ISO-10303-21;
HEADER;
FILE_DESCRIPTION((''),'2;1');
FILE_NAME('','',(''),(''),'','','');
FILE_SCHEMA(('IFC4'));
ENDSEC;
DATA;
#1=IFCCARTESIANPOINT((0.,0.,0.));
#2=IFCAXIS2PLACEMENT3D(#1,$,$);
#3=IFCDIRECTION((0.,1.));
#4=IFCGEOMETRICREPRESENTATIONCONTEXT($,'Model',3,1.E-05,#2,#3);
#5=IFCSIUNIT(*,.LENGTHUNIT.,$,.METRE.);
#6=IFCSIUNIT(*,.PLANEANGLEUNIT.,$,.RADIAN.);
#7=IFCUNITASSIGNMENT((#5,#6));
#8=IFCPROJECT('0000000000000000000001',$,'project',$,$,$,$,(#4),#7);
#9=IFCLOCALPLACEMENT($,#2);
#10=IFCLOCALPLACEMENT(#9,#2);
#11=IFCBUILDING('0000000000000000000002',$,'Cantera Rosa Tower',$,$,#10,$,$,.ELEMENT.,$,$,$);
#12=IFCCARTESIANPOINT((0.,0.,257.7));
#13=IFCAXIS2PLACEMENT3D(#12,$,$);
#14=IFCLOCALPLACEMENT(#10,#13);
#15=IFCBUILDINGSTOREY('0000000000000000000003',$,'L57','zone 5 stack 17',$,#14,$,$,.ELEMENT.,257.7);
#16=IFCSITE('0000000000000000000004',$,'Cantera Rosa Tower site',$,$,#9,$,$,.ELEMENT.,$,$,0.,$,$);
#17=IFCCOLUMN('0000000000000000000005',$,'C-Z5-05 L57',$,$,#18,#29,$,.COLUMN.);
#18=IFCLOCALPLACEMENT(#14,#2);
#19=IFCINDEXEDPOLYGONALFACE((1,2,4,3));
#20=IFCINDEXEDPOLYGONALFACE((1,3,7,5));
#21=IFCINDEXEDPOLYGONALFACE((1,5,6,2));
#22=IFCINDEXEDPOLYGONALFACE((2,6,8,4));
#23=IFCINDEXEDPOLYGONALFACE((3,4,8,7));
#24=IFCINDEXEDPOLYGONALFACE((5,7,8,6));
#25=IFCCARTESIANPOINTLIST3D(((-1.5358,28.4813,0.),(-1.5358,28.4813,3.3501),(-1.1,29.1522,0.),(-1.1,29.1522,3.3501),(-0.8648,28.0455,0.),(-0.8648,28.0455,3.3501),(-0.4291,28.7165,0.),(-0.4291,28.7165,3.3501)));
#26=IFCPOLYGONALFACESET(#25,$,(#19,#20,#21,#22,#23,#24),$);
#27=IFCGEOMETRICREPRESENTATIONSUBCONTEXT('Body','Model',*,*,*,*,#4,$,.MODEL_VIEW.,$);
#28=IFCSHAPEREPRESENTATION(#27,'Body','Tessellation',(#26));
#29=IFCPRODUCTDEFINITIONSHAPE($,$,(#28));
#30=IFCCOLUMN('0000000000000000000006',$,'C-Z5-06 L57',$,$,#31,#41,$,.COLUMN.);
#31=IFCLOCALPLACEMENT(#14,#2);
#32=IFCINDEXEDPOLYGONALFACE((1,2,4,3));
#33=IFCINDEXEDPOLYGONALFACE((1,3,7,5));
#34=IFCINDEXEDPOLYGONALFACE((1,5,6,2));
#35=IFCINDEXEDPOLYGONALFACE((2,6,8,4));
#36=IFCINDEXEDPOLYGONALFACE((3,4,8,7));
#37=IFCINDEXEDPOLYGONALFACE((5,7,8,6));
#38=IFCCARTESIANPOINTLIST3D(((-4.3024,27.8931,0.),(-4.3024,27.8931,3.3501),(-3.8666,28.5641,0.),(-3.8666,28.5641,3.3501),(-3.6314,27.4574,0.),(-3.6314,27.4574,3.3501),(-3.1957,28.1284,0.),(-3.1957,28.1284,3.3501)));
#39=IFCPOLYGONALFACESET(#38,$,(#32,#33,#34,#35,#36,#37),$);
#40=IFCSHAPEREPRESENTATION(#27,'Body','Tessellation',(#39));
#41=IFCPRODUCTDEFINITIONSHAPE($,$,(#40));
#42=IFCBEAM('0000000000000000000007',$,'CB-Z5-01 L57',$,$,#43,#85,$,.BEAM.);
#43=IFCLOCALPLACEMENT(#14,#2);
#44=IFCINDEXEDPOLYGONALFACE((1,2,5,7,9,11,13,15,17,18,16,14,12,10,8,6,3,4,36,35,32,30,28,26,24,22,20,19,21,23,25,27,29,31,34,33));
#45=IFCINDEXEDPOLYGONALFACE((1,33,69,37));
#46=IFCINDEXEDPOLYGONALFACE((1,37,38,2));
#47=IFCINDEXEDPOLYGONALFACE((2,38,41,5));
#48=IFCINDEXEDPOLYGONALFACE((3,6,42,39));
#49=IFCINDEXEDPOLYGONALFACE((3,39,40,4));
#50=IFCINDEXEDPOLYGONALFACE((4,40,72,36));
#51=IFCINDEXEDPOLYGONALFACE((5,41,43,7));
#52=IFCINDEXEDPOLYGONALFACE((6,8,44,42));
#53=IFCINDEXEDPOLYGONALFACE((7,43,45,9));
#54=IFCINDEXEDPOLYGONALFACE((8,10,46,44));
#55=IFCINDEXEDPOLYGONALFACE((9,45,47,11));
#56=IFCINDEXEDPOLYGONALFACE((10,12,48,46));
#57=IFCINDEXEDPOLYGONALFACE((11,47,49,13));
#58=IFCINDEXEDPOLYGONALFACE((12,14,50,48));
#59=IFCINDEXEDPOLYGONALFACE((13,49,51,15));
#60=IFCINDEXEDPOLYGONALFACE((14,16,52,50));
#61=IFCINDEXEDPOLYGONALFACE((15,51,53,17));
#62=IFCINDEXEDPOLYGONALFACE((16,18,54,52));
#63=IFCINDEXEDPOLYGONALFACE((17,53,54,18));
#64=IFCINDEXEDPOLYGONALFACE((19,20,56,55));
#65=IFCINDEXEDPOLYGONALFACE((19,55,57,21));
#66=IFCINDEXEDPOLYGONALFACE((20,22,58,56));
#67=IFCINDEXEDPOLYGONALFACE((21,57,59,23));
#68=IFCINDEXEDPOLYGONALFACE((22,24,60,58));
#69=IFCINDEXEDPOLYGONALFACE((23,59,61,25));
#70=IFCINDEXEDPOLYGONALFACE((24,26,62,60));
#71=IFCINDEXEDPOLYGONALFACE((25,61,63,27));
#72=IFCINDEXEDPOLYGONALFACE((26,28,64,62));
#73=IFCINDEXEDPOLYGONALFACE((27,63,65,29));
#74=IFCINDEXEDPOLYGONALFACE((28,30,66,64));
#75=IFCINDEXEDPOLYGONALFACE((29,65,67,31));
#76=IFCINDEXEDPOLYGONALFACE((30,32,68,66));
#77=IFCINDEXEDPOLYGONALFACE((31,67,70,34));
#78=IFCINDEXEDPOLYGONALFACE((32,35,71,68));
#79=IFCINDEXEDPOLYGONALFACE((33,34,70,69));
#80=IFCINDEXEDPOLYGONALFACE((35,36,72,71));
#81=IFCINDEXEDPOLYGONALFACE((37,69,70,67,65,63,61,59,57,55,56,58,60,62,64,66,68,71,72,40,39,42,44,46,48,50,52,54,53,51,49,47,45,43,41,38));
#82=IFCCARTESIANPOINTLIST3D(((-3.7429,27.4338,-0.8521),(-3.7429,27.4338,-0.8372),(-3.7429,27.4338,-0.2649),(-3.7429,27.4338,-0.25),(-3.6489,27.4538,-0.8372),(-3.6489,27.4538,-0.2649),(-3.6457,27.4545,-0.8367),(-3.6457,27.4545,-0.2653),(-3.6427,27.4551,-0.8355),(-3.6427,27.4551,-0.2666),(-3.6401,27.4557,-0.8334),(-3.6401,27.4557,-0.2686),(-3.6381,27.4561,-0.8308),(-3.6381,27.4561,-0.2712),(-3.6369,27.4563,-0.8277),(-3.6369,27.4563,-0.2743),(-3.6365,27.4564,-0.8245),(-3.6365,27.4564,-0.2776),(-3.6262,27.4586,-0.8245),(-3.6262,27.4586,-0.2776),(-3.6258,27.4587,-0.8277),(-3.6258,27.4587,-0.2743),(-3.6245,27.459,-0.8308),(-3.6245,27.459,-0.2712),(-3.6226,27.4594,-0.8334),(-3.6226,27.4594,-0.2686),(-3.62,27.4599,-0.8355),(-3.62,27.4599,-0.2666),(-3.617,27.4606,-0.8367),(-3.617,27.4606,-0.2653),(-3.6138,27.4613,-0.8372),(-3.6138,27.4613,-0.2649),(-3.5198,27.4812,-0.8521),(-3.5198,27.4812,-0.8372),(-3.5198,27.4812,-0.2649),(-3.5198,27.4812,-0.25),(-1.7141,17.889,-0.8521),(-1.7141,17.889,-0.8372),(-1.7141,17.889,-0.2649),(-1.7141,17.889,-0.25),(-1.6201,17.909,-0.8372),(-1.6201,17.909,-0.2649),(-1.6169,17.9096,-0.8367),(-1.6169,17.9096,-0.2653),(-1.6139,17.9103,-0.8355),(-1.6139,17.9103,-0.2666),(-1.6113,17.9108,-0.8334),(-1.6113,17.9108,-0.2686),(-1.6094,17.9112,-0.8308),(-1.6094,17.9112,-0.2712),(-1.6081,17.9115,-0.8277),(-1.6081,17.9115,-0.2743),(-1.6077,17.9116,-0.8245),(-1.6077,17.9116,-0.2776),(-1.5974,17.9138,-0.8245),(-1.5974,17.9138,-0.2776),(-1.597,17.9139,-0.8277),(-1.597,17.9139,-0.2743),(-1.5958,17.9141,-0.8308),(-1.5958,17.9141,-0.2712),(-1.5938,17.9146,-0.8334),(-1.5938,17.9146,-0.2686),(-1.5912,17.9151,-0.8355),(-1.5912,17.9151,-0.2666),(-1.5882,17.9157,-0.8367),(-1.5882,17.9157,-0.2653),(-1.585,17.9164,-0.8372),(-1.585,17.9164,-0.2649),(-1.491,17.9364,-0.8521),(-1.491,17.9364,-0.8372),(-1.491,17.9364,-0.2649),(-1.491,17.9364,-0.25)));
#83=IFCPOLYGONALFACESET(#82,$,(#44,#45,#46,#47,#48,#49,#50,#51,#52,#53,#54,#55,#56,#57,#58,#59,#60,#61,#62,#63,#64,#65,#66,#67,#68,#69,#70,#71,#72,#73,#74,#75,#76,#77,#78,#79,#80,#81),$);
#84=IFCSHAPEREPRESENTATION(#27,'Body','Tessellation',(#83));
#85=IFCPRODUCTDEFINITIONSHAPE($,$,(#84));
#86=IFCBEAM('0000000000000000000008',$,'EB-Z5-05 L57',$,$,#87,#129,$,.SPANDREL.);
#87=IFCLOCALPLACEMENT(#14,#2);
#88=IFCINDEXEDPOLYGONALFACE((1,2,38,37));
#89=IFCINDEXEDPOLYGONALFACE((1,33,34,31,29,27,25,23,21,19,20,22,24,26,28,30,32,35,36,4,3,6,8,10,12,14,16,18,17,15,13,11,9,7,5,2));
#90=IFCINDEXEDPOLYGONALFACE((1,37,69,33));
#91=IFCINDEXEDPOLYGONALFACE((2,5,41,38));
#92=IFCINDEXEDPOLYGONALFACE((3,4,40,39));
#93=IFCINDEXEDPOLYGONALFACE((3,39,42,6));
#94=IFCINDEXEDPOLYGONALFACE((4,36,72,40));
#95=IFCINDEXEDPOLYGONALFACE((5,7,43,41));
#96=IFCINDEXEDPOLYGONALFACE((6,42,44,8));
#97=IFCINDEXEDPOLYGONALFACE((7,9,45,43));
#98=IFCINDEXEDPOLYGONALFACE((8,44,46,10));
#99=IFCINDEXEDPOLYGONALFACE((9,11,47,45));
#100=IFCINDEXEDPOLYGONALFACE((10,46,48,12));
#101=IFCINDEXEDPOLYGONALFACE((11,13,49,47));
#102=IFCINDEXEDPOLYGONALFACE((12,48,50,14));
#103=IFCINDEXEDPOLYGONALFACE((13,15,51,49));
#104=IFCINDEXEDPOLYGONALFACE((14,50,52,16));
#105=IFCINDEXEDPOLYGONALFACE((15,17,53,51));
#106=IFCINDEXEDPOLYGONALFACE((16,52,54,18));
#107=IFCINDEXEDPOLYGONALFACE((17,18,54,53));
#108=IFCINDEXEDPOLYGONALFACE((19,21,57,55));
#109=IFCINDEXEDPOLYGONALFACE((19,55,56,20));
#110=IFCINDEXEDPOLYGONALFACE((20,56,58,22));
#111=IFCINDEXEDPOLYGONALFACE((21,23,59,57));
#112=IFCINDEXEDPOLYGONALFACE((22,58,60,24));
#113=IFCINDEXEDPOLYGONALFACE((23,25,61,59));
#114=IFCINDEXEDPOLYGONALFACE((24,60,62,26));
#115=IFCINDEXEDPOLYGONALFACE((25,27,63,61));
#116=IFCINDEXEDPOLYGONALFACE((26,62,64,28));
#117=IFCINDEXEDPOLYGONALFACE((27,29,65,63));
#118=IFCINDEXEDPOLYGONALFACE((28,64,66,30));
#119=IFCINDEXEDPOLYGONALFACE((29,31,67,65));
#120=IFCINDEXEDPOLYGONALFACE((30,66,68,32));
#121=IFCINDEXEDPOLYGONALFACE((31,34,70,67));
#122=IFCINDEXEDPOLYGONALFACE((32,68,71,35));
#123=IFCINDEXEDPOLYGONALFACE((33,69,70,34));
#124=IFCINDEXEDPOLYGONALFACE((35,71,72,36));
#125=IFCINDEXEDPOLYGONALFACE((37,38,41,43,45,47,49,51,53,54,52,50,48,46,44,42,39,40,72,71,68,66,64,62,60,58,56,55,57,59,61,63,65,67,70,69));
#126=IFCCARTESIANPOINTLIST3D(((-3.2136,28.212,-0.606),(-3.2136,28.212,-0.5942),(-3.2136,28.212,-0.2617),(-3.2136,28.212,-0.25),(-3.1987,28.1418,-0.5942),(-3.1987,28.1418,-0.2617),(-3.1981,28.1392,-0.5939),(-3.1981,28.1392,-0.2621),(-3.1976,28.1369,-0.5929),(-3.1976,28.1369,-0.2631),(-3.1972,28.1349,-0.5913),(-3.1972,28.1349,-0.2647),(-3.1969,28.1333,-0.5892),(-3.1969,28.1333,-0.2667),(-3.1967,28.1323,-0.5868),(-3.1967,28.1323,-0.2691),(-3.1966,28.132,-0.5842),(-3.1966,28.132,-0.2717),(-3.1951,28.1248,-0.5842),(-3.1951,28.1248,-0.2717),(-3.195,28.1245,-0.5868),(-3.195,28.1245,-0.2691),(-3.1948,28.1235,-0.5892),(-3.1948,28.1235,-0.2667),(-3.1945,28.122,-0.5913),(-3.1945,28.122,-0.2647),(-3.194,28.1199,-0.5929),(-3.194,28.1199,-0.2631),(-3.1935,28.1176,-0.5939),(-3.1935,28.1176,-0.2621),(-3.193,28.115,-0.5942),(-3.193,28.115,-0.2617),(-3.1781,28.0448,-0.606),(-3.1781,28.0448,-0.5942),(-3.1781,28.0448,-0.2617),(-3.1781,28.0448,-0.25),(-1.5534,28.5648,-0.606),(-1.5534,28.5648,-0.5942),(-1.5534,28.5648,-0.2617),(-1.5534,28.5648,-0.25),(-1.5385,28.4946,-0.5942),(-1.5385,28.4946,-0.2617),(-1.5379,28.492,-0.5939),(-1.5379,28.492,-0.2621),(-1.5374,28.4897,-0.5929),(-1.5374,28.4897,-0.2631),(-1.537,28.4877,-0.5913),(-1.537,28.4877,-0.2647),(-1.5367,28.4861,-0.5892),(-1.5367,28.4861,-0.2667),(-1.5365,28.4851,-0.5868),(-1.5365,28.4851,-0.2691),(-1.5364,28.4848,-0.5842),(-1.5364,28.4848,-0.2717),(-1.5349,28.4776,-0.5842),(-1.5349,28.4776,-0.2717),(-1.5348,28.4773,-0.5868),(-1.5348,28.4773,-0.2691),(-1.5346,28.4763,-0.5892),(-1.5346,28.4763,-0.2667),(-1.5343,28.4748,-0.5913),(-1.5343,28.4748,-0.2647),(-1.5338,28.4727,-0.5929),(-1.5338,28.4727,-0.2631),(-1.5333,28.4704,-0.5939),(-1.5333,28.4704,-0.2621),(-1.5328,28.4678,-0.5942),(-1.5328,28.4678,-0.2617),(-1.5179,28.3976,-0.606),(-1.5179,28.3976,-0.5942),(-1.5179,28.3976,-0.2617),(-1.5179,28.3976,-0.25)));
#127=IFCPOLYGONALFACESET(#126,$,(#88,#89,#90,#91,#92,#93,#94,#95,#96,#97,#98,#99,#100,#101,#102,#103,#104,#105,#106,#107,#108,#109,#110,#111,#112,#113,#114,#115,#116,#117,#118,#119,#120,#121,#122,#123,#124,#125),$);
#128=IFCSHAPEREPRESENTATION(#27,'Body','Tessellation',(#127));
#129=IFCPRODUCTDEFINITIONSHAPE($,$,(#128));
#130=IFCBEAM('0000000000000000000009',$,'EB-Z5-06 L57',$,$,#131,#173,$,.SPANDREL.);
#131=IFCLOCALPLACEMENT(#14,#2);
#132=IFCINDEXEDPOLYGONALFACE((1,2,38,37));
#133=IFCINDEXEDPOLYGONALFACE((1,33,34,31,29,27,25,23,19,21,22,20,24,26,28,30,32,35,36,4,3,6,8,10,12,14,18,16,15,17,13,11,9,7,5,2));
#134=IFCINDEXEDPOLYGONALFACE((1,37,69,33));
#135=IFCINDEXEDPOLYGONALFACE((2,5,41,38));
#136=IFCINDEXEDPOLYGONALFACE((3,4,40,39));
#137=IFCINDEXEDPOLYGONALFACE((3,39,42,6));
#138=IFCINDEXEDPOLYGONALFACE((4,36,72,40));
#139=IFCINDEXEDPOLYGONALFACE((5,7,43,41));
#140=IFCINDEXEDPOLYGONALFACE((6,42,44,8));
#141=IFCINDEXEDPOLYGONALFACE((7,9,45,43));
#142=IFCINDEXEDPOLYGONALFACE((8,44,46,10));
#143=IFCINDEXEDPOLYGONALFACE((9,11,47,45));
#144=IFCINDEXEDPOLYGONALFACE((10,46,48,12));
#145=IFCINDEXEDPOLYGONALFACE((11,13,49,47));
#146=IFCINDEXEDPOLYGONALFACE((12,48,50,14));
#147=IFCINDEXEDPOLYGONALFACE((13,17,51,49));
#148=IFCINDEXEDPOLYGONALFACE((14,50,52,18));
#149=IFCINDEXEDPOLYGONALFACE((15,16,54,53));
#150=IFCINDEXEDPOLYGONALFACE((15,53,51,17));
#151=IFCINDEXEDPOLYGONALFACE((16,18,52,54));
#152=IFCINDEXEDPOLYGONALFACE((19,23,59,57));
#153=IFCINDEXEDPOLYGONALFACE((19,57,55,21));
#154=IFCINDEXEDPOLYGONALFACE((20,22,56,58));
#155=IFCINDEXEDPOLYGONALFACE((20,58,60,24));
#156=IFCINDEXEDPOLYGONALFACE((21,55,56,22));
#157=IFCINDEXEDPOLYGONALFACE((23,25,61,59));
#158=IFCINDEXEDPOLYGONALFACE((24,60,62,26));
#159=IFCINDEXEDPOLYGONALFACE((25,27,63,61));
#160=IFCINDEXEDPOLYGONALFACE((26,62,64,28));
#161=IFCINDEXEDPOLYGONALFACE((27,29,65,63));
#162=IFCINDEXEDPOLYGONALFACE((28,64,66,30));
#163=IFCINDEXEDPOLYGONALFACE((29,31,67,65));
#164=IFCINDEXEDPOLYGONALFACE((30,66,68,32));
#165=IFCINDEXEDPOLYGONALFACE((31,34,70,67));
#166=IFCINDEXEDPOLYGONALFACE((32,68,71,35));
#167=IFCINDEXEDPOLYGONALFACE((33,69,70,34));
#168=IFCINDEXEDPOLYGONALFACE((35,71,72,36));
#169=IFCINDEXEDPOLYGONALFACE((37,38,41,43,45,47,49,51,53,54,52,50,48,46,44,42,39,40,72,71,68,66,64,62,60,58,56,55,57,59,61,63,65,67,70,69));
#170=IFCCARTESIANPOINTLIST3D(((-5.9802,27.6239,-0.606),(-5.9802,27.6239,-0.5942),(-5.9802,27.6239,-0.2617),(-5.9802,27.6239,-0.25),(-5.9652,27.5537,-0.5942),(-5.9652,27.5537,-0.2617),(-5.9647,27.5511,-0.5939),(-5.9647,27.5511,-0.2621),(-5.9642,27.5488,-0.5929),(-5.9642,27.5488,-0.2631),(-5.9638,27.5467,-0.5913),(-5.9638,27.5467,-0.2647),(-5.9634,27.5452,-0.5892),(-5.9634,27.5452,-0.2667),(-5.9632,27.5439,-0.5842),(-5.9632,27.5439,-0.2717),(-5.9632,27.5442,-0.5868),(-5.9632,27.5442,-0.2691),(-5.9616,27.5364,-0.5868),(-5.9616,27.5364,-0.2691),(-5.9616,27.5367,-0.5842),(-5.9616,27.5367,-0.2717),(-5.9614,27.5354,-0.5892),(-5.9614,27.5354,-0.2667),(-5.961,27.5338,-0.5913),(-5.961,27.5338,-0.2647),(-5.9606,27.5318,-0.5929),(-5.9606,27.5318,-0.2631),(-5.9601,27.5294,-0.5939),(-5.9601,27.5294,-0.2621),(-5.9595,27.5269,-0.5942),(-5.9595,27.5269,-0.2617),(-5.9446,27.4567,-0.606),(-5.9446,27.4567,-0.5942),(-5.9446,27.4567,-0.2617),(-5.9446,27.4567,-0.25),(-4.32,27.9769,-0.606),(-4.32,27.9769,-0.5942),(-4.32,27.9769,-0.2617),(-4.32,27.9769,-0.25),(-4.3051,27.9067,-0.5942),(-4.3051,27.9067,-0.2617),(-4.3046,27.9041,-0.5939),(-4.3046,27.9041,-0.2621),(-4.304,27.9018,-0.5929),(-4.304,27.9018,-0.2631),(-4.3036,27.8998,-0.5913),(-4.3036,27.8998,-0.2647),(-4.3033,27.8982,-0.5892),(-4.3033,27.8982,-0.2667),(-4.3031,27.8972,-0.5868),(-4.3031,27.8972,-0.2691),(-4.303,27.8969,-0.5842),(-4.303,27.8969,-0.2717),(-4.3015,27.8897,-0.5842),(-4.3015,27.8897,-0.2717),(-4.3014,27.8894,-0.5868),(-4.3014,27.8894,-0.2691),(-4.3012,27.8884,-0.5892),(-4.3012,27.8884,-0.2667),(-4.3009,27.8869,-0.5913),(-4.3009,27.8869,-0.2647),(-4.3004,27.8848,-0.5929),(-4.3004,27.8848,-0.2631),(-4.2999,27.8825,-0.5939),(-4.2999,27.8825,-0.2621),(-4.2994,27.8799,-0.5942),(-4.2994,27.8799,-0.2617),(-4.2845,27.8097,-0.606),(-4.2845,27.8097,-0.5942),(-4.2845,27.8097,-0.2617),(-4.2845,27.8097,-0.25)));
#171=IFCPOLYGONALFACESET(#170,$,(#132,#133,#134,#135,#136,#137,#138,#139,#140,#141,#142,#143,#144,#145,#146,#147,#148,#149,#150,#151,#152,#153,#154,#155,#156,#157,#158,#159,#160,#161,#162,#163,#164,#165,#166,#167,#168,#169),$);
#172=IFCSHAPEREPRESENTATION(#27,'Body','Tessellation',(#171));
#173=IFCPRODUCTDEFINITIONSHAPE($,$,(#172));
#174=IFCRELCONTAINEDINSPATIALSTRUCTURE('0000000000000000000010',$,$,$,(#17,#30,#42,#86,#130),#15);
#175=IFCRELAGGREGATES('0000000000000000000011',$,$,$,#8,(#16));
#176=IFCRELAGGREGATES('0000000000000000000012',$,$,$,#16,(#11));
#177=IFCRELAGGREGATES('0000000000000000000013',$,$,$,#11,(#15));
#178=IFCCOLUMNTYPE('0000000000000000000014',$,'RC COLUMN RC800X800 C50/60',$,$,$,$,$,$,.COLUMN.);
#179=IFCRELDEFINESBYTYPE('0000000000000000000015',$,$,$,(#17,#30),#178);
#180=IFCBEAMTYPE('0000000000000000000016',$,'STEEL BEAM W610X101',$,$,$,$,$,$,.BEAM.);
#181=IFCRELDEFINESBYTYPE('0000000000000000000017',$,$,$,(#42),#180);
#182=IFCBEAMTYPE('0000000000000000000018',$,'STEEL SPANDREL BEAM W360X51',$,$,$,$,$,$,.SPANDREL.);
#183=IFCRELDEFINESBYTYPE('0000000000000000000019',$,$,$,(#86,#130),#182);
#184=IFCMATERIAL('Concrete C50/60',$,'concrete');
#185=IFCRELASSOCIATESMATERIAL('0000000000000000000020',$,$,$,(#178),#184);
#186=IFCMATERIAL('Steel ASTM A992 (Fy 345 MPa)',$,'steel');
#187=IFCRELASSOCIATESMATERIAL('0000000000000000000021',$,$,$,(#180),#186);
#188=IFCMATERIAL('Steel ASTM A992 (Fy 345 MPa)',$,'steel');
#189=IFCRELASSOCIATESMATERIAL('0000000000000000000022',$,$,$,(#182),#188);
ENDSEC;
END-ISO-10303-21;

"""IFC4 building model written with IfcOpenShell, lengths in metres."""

from ifc_helpers import new_model, si_unit, direction, frame, origin, origin_2d, place, context, subcontext, project, spatial, rectangle, i_section, extrude, material, material_profile, profile_set, type_object, element, save


model = new_model("IFC4")

# Units and contexts
model_context = context("Model", 3, precision=1e-05, world=origin(), true_north=direction((0.0, 1.0)))
body_context = subcontext(model_context, "Body", "Model", "MODEL_VIEW")
ifc_project = project(units=[si_unit("LENGTHUNIT", "METRE"), si_unit("PLANEANGLEUNIT", "RADIAN")], contexts=[model_context])

# Site, building, storey
site_placement = place(None, origin())
site = spatial("IfcSite", under=ifc_project, at=site_placement, Name="Cantera Rosa Tower site", CompositionType="ELEMENT", RefElevation=0.0)
building_placement = place(site_placement, origin())
building = spatial("IfcBuilding", under=site, at=building_placement, Name="Cantera Rosa Tower", CompositionType="ELEMENT")
storey_placement = place(building_placement, frame((0.0, 0.0, 257.7)))
storey = spatial("IfcBuildingStorey", under=building, at=storey_placement, Name="L57", Description="zone 5 stack 17", CompositionType="ELEMENT", Elevation=257.7)

# Columns
ifc_material_1 = material(Name="Concrete C50/60", Category="concrete")
ifc_material_profile_1 = material_profile(ifc_material_1, rectangle(XDim=0.8, YDim=0.8, at=origin_2d()), Name="RC COLUMN RC800X800 C50/60")
ifc_profile_set_1 = profile_set([ifc_material_profile_1], Name="Concrete C50/60")
column_type = type_object("IfcColumnType", Name="RC COLUMN RC800X800 C50/60", PredefinedType="COLUMN", material=ifc_profile_set_1)
for number, where, z_axis, x_axis, name in (
    (1, (-0.9824, 28.5989, 0.0), (0.0, 0.0, 1.0), (0.544639, 0.838671, 0.0), "C-Z5-05 L57"),
    (2, (-3.749, 28.0107, 0.0), (0.0, 0.0, 1.0), (0.544639, 0.838671, 0.0), "C-Z5-06 L57"),
):
    element("IfcColumn", number, at=place(storey_placement, frame(where, z_axis=z_axis, x_axis=x_axis)), inside=storey, type_object=column_type, Name=name, PredefinedType="COLUMN", context=body_context, shape_type="SweptSolid", body=[
        extrude(rectangle(XDim=0.8, YDim=0.8, at=origin_2d()), origin(), (0.0, 0.0, 1.0), 3.3501),
    ])

# Beams
ifc_material_2 = material(Name="Steel ASTM A992 (Fy 345 MPa)", Category="steel")
ifc_material_profile_2 = material_profile(ifc_material_2, i_section(OverallWidth=0.228, OverallDepth=0.6021, WebThickness=0.0105, FlangeThickness=0.0149, FilletRadius=0.0127, at=origin_2d()), Name="W610X101")
ifc_profile_set_2 = profile_set([ifc_material_profile_2], Name="Steel ASTM A992 (Fy 345 MPa)")
beam_type_1 = type_object("IfcBeamType", Name="STEEL BEAM W610X101", PredefinedType="BEAM", material=ifc_profile_set_2)
beam_placement = place(storey_placement, frame((-3.6313, 27.4575, -0.551), z_axis=(0.207909, -0.978148, 0.0), x_axis=(0.978148, 0.207909, 0.0)))
element("IfcBeam", 3, at=beam_placement, inside=storey, type_object=beam_type_1, Name="CB-Z5-01 L57", PredefinedType="BEAM", context=body_context, shape_type="SweptSolid", body=[
    extrude(i_section(OverallWidth=0.228, OverallDepth=0.6021, WebThickness=0.0105, FlangeThickness=0.0149, FilletRadius=0.0127, at=origin_2d()), origin(), (0.0, 0.0, 1.0), 9.7581),
])
ifc_material_3 = material(Name="Steel ASTM A992 (Fy 345 MPa)", Category="steel")
ifc_material_profile_3 = material_profile(ifc_material_3, i_section(OverallWidth=0.1709, OverallDepth=0.356, WebThickness=0.0073, FlangeThickness=0.0117, FilletRadius=0.01, at=origin_2d()), Name="W360X51")
ifc_profile_set_3 = profile_set([ifc_material_profile_3], Name="Steel ASTM A992 (Fy 345 MPa)")
beam_type_2 = type_object("IfcBeamType", Name="STEEL SPANDREL BEAM W360X51", PredefinedType="SPANDREL", material=ifc_profile_set_3)
for number, where, z_axis, x_axis, name in (
    (4, (-1.5356, 28.4812, -0.428), (-0.978159, -0.207859, 0.0), (0.207859, -0.978159, 0.0), "EB-Z5-05 L57"),
    (5, (-4.3022, 27.8933, -0.428), (-0.97813, -0.207996, 0.0), (0.207996, -0.97813, 0.0), "EB-Z5-06 L57"),
):
    element("IfcBeam", number, at=place(storey_placement, frame(where, z_axis=z_axis, x_axis=x_axis)), inside=storey, type_object=beam_type_2, Name=name, PredefinedType="SPANDREL", context=body_context, shape_type="SweptSolid", body=[
        extrude(i_section(OverallWidth=0.1709, OverallDepth=0.356, WebThickness=0.0073, FlangeThickness=0.0117, FilletRadius=0.01, at=origin_2d()), origin(), (0.0, 0.0, 1.0), 1.6973),
    ])

save(model, "model.ifc")
